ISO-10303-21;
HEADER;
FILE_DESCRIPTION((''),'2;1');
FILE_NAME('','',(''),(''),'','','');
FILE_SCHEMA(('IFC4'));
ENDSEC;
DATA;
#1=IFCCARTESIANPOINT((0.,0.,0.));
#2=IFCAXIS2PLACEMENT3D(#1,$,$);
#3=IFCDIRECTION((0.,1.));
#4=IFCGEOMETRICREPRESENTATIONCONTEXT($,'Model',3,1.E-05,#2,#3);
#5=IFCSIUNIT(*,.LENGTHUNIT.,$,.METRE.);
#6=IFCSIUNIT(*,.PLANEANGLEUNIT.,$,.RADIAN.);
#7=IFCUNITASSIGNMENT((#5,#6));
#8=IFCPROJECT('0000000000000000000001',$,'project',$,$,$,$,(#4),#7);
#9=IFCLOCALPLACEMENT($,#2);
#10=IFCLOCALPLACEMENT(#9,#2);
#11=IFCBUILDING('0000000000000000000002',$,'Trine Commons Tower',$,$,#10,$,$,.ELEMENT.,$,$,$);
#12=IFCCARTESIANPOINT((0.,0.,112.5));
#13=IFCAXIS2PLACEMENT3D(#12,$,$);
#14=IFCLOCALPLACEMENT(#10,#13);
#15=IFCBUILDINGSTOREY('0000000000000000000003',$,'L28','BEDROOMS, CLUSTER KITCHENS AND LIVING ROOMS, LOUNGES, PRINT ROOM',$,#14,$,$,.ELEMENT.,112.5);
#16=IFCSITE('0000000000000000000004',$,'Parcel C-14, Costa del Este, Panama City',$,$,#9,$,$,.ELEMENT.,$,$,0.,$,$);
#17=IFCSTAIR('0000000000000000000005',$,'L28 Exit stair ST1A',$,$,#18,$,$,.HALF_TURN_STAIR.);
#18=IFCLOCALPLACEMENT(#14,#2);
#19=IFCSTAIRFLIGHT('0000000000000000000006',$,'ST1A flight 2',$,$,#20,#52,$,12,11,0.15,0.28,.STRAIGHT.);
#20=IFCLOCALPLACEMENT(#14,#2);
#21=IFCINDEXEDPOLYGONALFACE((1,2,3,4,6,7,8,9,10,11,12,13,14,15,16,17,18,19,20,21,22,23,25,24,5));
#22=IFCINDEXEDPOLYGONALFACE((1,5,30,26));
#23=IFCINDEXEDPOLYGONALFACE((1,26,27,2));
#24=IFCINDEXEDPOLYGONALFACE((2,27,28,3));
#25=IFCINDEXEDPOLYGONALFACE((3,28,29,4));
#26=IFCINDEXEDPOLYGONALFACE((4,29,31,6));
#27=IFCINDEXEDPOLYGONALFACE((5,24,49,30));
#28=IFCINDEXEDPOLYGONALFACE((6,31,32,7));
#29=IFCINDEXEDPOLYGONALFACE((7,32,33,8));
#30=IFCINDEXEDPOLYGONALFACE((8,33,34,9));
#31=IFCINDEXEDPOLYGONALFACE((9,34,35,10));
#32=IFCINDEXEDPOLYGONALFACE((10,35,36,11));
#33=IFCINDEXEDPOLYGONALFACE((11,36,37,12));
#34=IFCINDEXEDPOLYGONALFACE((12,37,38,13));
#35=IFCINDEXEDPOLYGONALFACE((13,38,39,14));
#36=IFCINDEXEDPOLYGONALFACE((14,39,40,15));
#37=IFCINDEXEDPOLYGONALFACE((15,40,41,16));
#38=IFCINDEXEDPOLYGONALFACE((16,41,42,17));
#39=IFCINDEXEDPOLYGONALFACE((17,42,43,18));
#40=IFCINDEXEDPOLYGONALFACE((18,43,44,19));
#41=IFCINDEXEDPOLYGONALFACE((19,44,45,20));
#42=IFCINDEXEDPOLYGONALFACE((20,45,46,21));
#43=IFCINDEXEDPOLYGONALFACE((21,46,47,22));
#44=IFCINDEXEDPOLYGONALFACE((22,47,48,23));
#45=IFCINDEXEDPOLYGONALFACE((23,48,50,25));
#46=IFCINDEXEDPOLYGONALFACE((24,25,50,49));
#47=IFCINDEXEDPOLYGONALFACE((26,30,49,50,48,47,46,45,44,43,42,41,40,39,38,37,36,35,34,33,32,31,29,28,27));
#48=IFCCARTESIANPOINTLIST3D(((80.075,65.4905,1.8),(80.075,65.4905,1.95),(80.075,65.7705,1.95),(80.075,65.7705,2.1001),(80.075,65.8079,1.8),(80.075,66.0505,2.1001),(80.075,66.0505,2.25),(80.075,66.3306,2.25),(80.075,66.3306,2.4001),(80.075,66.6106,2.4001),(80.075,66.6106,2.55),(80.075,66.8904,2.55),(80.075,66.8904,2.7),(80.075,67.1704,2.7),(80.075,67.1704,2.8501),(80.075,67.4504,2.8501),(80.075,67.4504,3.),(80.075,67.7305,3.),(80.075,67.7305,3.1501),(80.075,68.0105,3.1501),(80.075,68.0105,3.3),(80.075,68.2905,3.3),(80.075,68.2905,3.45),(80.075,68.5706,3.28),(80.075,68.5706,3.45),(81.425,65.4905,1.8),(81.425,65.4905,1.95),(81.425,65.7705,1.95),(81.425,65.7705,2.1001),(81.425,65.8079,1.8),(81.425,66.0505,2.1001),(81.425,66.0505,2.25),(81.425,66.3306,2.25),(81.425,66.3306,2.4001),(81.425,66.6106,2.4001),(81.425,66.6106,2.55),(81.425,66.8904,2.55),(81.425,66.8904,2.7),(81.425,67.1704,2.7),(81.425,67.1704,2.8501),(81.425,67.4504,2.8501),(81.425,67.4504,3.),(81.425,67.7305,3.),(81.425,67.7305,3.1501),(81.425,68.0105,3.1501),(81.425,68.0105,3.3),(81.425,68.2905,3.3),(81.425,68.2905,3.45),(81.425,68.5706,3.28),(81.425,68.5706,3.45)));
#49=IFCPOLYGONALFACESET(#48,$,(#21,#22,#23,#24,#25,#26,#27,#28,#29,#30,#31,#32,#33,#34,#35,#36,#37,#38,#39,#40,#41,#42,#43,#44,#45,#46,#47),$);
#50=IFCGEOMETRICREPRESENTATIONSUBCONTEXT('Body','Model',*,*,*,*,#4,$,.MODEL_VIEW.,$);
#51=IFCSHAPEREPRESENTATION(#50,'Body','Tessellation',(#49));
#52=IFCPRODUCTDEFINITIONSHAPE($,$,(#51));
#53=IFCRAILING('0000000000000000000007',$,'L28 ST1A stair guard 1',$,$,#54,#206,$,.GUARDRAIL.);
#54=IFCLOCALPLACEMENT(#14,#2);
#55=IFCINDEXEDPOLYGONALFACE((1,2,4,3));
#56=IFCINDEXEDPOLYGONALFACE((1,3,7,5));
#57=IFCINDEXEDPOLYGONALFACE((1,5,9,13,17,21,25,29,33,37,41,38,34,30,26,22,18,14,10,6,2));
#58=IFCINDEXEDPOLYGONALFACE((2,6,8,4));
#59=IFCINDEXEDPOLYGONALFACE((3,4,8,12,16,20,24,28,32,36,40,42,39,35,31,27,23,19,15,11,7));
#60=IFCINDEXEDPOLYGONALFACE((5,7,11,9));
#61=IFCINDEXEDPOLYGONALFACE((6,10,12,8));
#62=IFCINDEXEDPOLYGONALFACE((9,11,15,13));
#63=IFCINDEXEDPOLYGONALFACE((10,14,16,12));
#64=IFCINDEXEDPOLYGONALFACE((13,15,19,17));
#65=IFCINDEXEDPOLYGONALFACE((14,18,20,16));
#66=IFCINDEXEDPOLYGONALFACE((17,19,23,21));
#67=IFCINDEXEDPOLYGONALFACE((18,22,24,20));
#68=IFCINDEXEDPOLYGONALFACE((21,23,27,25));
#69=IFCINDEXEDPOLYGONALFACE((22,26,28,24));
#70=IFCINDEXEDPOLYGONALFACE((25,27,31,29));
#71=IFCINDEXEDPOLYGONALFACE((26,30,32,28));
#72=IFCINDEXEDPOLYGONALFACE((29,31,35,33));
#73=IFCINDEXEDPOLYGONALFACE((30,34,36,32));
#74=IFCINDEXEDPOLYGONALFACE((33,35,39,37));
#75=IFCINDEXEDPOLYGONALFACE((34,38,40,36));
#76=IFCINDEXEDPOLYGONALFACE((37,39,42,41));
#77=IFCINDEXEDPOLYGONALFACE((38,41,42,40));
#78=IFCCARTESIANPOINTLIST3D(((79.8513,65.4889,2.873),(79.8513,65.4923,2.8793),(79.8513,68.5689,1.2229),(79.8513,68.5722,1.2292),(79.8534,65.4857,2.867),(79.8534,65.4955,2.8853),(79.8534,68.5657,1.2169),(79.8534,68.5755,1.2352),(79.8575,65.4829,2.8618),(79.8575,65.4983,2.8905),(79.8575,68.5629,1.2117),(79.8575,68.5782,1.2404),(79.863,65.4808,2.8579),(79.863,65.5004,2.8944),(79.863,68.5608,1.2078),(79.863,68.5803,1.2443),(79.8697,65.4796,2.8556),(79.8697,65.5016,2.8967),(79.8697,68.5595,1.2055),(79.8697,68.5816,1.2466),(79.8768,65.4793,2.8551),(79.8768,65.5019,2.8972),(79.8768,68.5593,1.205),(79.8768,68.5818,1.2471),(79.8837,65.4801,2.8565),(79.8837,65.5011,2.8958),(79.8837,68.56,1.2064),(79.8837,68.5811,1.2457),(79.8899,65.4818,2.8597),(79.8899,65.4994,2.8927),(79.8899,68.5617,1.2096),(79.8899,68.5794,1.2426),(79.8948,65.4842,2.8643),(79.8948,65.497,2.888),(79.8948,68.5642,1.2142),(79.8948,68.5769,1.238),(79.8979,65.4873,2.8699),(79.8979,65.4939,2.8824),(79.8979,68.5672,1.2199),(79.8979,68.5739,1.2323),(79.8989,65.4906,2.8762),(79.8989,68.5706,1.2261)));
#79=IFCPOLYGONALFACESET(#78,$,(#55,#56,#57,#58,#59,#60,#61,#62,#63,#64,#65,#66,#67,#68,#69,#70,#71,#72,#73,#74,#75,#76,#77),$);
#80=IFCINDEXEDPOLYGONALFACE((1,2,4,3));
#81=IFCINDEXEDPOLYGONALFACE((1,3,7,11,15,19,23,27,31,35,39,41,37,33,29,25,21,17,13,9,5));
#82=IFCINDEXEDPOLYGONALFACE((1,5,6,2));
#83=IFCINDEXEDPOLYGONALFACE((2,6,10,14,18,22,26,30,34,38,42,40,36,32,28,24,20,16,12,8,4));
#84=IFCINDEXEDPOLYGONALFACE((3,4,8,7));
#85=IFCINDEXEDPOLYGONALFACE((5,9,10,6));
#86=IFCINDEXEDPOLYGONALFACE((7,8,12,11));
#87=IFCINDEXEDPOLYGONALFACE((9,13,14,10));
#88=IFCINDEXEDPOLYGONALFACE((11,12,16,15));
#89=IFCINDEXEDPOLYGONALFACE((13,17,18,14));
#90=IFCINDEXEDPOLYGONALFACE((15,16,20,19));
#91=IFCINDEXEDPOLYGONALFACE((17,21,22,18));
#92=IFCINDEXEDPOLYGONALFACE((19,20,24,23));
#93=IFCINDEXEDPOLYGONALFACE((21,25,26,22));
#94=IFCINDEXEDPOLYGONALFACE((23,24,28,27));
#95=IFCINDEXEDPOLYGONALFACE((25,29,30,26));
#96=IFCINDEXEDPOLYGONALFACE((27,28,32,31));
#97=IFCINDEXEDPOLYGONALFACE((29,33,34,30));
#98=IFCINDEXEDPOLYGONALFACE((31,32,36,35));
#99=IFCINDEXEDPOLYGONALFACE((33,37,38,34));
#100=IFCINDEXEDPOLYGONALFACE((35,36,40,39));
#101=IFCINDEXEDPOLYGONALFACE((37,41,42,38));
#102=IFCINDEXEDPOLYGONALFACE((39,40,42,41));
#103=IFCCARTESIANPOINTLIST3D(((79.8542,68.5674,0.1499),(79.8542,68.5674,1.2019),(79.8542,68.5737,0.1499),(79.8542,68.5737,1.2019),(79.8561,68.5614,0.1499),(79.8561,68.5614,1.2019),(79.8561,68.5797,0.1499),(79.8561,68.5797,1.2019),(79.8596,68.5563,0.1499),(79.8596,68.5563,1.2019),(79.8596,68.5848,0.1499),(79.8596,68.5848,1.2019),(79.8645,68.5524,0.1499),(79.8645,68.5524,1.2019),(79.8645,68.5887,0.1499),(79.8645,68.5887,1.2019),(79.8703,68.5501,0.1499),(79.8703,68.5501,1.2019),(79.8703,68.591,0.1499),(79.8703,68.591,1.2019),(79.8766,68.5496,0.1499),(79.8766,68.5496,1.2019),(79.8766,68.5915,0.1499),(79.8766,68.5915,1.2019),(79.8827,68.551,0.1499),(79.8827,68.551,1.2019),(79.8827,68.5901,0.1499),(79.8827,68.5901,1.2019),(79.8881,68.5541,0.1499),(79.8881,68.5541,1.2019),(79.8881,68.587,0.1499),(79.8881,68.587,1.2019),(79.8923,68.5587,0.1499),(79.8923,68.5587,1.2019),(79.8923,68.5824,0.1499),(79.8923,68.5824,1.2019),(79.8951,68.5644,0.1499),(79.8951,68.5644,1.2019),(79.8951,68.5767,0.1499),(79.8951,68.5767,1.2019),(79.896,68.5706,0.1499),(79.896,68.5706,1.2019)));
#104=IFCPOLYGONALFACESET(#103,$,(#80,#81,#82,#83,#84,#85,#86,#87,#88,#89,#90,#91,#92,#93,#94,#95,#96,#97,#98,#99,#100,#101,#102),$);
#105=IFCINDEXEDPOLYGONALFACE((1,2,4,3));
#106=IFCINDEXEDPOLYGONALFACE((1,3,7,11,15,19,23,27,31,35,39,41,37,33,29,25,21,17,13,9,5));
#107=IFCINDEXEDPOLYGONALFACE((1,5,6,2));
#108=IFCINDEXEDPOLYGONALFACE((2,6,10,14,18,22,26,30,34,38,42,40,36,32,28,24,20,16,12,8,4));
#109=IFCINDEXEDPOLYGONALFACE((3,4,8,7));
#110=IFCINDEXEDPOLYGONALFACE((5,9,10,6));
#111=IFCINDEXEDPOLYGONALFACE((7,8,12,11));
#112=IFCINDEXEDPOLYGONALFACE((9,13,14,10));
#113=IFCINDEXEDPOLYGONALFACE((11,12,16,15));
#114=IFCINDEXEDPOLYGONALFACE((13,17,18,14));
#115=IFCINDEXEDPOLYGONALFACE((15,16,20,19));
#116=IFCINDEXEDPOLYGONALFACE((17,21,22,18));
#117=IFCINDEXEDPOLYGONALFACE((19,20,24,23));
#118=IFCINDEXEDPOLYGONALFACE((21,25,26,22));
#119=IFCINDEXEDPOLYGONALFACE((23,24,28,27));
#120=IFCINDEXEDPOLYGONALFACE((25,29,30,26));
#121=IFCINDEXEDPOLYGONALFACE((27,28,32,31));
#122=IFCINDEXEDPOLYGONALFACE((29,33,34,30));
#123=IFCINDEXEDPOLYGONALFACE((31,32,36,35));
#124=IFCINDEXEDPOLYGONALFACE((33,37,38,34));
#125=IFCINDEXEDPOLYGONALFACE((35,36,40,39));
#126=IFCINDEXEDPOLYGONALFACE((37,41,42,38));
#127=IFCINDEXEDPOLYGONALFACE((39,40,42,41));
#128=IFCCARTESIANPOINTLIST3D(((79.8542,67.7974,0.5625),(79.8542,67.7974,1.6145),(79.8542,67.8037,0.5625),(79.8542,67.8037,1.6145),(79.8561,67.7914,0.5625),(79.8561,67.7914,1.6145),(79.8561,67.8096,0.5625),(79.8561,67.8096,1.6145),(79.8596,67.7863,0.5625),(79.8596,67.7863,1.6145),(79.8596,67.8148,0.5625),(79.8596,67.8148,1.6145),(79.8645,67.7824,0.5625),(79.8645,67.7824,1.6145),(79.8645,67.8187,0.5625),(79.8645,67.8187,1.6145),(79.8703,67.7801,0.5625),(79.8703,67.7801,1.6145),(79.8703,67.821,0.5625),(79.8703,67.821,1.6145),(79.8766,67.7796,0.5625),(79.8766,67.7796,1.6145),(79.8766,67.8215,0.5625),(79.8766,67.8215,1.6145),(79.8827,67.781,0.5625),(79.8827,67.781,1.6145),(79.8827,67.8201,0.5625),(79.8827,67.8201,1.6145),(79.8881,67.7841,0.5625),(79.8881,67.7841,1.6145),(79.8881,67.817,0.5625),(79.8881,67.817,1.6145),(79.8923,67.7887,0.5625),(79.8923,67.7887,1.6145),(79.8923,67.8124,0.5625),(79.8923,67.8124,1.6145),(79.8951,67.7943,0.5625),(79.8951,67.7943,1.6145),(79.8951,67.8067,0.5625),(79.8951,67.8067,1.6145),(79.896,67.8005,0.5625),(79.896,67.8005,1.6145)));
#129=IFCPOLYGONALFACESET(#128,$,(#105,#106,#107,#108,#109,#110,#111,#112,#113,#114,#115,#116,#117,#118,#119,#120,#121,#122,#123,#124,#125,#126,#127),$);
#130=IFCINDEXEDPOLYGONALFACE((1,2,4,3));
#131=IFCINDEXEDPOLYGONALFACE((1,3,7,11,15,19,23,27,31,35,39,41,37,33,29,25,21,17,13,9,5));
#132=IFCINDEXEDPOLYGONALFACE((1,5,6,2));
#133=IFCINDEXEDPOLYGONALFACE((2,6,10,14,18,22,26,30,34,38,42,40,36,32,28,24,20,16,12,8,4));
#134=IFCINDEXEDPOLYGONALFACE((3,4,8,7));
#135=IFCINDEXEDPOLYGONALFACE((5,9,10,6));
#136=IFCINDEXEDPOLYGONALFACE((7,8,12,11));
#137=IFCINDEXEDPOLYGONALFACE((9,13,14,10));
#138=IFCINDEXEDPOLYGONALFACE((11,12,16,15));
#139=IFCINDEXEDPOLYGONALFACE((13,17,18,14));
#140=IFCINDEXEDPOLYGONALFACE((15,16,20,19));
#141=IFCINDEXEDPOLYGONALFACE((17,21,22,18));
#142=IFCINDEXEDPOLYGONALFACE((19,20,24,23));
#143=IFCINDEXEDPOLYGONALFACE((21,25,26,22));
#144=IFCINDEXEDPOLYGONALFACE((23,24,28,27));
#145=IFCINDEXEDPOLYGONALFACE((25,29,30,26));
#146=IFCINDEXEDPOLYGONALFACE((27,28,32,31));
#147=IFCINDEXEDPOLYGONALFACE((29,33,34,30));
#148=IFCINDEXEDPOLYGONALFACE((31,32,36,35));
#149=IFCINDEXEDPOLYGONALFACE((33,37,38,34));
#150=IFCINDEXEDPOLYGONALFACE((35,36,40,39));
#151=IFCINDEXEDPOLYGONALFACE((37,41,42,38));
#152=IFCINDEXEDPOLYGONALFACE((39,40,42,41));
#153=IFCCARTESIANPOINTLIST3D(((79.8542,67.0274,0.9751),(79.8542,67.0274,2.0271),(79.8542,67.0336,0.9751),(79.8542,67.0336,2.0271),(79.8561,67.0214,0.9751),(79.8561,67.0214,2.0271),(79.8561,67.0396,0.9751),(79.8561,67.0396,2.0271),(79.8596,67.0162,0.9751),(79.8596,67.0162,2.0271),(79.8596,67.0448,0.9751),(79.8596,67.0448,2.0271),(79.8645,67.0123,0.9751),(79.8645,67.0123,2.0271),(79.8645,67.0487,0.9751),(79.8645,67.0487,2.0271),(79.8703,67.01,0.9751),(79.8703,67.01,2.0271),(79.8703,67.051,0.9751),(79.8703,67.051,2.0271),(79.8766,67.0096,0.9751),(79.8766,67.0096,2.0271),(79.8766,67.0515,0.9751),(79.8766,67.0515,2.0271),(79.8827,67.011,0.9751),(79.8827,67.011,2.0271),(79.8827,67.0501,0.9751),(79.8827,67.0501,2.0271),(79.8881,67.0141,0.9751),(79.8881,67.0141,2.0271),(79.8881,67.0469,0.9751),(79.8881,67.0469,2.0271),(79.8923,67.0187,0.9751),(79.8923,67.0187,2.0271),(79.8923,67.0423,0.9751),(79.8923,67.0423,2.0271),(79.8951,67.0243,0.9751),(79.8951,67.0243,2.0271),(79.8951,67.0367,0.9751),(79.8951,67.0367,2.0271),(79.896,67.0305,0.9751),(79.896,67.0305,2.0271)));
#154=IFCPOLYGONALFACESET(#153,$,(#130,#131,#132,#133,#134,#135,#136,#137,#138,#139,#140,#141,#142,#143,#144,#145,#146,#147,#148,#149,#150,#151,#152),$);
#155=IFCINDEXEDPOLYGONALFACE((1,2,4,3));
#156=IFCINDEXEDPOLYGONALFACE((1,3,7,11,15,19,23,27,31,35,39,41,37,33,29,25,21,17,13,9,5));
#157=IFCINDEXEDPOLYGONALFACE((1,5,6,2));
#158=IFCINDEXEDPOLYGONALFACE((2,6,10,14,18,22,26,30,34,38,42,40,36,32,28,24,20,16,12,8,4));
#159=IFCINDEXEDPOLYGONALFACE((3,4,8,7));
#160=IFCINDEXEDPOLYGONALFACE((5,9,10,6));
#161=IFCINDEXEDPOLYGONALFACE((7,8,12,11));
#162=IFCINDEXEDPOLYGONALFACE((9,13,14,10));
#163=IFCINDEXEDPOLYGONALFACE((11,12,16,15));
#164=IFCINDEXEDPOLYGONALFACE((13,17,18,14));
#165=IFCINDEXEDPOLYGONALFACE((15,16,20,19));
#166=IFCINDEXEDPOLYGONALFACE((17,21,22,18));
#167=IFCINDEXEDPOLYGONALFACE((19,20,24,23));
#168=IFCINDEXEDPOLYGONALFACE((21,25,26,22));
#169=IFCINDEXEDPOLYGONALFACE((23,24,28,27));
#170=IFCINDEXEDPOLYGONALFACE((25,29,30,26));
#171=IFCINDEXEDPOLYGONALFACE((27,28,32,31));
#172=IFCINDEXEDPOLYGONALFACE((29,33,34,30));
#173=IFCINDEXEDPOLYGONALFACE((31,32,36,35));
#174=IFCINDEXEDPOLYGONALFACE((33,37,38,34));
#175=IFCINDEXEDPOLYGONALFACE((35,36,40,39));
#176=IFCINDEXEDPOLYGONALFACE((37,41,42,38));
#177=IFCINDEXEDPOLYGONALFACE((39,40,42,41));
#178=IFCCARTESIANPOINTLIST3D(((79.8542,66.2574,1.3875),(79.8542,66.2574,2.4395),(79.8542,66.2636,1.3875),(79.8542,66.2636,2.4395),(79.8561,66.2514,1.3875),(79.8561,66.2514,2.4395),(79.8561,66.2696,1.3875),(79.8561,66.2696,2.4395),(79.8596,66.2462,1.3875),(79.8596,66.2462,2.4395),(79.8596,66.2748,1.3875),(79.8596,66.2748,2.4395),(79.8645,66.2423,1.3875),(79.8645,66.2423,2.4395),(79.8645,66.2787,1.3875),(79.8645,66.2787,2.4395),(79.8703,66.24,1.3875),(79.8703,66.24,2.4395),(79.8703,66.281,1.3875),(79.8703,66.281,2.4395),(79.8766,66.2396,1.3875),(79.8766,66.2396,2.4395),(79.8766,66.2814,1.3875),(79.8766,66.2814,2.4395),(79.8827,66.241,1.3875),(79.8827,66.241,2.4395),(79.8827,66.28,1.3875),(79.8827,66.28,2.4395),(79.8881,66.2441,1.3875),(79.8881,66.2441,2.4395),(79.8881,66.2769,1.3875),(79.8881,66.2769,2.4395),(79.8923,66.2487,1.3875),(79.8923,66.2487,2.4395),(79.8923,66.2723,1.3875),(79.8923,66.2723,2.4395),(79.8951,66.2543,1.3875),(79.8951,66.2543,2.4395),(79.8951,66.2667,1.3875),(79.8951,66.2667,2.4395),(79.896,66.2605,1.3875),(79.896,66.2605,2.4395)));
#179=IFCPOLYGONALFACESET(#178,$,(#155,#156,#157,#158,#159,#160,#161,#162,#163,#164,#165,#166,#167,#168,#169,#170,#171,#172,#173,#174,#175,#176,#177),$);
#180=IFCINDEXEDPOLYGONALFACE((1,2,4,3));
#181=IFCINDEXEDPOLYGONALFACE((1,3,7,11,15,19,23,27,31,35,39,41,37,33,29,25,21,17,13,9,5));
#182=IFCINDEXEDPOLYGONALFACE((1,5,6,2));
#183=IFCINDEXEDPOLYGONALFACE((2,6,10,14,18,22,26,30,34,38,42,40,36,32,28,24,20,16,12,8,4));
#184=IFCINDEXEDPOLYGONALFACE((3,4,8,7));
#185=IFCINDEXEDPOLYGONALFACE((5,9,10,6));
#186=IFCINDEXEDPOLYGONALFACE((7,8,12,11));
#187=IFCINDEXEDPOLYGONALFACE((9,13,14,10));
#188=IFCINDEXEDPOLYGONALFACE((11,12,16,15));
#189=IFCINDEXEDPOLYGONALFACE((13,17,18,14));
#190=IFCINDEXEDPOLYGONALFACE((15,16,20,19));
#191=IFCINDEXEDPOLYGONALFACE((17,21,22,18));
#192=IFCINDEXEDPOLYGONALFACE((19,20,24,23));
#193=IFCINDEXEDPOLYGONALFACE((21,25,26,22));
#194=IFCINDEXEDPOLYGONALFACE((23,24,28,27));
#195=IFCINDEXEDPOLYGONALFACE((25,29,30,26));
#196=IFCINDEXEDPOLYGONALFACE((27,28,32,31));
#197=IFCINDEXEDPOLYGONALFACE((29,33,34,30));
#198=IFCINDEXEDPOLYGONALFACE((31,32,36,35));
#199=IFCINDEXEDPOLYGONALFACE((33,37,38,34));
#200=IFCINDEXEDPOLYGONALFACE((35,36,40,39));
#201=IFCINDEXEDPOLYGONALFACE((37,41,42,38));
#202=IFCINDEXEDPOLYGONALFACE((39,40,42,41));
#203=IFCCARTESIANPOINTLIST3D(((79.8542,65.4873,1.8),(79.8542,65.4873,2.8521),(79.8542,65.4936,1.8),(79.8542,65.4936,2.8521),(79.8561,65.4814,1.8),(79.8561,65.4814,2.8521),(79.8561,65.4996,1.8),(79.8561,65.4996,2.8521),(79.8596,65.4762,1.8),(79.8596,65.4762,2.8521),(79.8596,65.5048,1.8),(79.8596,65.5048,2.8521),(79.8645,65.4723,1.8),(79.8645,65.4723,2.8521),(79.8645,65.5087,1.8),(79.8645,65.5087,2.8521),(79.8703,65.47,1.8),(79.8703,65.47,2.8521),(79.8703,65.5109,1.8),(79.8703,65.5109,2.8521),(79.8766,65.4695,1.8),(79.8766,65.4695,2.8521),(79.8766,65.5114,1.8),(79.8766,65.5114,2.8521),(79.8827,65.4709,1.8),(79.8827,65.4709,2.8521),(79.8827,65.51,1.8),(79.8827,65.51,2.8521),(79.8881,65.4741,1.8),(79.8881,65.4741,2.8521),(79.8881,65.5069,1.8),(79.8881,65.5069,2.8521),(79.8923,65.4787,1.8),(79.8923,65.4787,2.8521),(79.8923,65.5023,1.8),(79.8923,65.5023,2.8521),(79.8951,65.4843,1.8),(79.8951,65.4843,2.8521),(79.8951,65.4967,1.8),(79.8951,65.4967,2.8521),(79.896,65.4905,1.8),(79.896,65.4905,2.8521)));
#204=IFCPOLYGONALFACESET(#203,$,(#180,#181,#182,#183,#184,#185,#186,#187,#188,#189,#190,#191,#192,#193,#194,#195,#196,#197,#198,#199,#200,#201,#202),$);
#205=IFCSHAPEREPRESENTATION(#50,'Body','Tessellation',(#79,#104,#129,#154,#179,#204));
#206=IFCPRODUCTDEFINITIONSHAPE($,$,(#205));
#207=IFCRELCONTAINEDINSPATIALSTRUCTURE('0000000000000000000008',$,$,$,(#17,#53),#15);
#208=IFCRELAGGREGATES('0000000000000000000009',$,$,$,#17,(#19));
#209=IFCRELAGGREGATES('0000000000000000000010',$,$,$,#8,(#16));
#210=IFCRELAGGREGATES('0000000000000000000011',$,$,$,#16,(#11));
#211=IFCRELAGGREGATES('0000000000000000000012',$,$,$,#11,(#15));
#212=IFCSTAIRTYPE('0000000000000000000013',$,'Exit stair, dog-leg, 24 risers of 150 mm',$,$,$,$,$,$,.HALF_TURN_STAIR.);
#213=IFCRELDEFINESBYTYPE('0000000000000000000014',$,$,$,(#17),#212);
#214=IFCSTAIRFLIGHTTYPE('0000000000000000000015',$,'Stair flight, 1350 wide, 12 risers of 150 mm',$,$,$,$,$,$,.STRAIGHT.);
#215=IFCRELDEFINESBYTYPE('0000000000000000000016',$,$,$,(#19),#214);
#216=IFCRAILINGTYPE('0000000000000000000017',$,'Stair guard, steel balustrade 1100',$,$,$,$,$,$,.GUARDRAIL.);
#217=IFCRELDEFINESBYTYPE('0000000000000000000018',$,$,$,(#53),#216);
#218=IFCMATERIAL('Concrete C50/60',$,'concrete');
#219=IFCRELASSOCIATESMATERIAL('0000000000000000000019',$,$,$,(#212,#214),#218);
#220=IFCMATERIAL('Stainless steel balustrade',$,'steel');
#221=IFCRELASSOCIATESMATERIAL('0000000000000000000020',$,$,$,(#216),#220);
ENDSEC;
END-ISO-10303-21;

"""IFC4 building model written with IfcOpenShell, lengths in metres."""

from ifc_helpers import new_model, si_unit, direction, frame, origin, origin_2d, place, context, subcontext, project, spatial, polyline, circle, outline, extrude, material, type_object, element, aggregate, save


model = new_model("IFC4")

# Units and contexts
model_context = context("Model", 3, precision=1e-05, world=origin(), true_north=direction((0.0, 1.0)))
body_context = subcontext(model_context, "Body", "Model", "MODEL_VIEW")
ifc_project = project(units=[si_unit("LENGTHUNIT", "METRE"), si_unit("PLANEANGLEUNIT", "RADIAN")], contexts=[model_context])

# Site, building, storey
site_placement = place(None, origin())
site = spatial("IfcSite", under=ifc_project, at=site_placement, Name="Parcel C-14, Costa del Este, Panama City", CompositionType="ELEMENT", RefElevation=0.0)
building_placement = place(site_placement, origin())
building = spatial("IfcBuilding", under=site, at=building_placement, Name="Trine Commons Tower", CompositionType="ELEMENT")
storey_placement = place(building_placement, frame((0.0, 0.0, 112.5)))
storey = spatial("IfcBuildingStorey", under=building, at=storey_placement, Name="L28", Description="BEDROOMS, CLUSTER KITCHENS AND LIVING ROOMS, LOUNGES, PRINT ROOM", CompositionType="ELEMENT", Elevation=112.5)

# Stair, stair flight
ifc_material_1 = material(Name="Concrete C50/60", Category="concrete")
stair_type = type_object("IfcStairType", Name="Exit stair, dog-leg, 24 risers of 150 mm", PredefinedType="HALF_TURN_STAIR", material=ifc_material_1)
stair_placement = place(storey_placement, origin())
stair = element("IfcStair", 1, at=stair_placement, inside=storey, type_object=stair_type, Name="L28 Exit stair ST1A", PredefinedType="HALF_TURN_STAIR")
stair_flight_type = type_object("IfcStairFlightType", Name="Stair flight, 1350 wide, 12 risers of 150 mm", PredefinedType="STRAIGHT", material=ifc_material_1)
stair_flight_placement = place(storey_placement, frame((80.75, 65.4905, 1.8), z_axis=(0.0, 0.0, 1.0), x_axis=(0.0, 1.0, 0.0)))
stair_flight = element("IfcStairFlight", 2, at=stair_flight_placement, type_object=stair_flight_type, Name="ST1A flight 2", NumberOfRisers=12, NumberOfTreads=11, PredefinedType="STRAIGHT", RiserHeight=0.15, TreadLength=0.28, context=body_context, shape_type="SweptSolid", body=[
    extrude(outline(polyline([(0.0, 0.0), (0.0, 0.1499), (0.28, 0.1499), (0.28, 0.3), (0.5601, 0.3), (0.5601, 0.45), (0.8401, 0.45), (0.8401, 0.6001), (1.1201, 0.6001), (1.1201, 0.75), (1.3999, 0.75), (1.3999, 0.8999), (1.6799, 0.8999), (1.6799, 1.05), (1.96, 1.05), (1.96, 1.2), (2.24, 1.2), (2.24, 1.3501), (2.52, 1.3501), (2.52, 1.5), (2.8, 1.5), (2.8, 1.6499), (3.0801, 1.6499), (3.0801, 1.8), (3.0801, 1.48), (0.3174, 0.0), (0.0, 0.0)])), frame((0.0, 0.675, 0.0), z_axis=(0.0, -1.0, 0.0), x_axis=(1.0, 0.0, 0.0)), (0.0, 0.0, 1.0), 1.3501),
])
aggregate(stair, [stair_flight])

# Railing
ifc_material_2 = material(Name="Stainless steel balustrade", Category="steel")
railing_type_1 = type_object("IfcRailingType", Name="Stair guard, steel balustrade 1100", PredefinedType="GUARDRAIL", material=ifc_material_2)
railing_1_placement = place(storey_placement, frame((79.875, 68.5706, 0.1499)))
element("IfcRailing", 3, at=railing_1_placement, inside=storey, type_object=railing_type_1, Name="L28 ST1A stair guard 1", PredefinedType="GUARDRAIL", context=body_context, shape_type="SweptSolid", body=[
    extrude(circle(Radius=0.0239, at=origin_2d()), frame((0.0, 0.0, 1.0762), z_axis=(0.0, -0.881468, 0.472245), x_axis=(1.0, 0.0, 0.0)), (0.0, 0.0, 1.0), 3.4941),
    extrude(circle(Radius=0.021, at=origin_2d()), origin(), (0.0, 0.0, 1.0), 1.052),
    extrude(circle(Radius=0.021, at=origin_2d()), frame((0.0, -0.77, 0.4126)), (0.0, 0.0, 1.0), 1.052),
    extrude(circle(Radius=0.021, at=origin_2d()), frame((0.0, -1.54, 0.8252)), (0.0, 0.0, 1.0), 1.052),
    extrude(circle(Radius=0.021, at=origin_2d()), frame((0.0, -2.3101, 1.2375)), (0.0, 0.0, 1.0), 1.052),
    extrude(circle(Radius=0.021, at=origin_2d()), frame((0.0, -3.0801, 1.6501)), (0.0, 0.0, 1.0), 1.052),
])

save(model, "model.ifc")
